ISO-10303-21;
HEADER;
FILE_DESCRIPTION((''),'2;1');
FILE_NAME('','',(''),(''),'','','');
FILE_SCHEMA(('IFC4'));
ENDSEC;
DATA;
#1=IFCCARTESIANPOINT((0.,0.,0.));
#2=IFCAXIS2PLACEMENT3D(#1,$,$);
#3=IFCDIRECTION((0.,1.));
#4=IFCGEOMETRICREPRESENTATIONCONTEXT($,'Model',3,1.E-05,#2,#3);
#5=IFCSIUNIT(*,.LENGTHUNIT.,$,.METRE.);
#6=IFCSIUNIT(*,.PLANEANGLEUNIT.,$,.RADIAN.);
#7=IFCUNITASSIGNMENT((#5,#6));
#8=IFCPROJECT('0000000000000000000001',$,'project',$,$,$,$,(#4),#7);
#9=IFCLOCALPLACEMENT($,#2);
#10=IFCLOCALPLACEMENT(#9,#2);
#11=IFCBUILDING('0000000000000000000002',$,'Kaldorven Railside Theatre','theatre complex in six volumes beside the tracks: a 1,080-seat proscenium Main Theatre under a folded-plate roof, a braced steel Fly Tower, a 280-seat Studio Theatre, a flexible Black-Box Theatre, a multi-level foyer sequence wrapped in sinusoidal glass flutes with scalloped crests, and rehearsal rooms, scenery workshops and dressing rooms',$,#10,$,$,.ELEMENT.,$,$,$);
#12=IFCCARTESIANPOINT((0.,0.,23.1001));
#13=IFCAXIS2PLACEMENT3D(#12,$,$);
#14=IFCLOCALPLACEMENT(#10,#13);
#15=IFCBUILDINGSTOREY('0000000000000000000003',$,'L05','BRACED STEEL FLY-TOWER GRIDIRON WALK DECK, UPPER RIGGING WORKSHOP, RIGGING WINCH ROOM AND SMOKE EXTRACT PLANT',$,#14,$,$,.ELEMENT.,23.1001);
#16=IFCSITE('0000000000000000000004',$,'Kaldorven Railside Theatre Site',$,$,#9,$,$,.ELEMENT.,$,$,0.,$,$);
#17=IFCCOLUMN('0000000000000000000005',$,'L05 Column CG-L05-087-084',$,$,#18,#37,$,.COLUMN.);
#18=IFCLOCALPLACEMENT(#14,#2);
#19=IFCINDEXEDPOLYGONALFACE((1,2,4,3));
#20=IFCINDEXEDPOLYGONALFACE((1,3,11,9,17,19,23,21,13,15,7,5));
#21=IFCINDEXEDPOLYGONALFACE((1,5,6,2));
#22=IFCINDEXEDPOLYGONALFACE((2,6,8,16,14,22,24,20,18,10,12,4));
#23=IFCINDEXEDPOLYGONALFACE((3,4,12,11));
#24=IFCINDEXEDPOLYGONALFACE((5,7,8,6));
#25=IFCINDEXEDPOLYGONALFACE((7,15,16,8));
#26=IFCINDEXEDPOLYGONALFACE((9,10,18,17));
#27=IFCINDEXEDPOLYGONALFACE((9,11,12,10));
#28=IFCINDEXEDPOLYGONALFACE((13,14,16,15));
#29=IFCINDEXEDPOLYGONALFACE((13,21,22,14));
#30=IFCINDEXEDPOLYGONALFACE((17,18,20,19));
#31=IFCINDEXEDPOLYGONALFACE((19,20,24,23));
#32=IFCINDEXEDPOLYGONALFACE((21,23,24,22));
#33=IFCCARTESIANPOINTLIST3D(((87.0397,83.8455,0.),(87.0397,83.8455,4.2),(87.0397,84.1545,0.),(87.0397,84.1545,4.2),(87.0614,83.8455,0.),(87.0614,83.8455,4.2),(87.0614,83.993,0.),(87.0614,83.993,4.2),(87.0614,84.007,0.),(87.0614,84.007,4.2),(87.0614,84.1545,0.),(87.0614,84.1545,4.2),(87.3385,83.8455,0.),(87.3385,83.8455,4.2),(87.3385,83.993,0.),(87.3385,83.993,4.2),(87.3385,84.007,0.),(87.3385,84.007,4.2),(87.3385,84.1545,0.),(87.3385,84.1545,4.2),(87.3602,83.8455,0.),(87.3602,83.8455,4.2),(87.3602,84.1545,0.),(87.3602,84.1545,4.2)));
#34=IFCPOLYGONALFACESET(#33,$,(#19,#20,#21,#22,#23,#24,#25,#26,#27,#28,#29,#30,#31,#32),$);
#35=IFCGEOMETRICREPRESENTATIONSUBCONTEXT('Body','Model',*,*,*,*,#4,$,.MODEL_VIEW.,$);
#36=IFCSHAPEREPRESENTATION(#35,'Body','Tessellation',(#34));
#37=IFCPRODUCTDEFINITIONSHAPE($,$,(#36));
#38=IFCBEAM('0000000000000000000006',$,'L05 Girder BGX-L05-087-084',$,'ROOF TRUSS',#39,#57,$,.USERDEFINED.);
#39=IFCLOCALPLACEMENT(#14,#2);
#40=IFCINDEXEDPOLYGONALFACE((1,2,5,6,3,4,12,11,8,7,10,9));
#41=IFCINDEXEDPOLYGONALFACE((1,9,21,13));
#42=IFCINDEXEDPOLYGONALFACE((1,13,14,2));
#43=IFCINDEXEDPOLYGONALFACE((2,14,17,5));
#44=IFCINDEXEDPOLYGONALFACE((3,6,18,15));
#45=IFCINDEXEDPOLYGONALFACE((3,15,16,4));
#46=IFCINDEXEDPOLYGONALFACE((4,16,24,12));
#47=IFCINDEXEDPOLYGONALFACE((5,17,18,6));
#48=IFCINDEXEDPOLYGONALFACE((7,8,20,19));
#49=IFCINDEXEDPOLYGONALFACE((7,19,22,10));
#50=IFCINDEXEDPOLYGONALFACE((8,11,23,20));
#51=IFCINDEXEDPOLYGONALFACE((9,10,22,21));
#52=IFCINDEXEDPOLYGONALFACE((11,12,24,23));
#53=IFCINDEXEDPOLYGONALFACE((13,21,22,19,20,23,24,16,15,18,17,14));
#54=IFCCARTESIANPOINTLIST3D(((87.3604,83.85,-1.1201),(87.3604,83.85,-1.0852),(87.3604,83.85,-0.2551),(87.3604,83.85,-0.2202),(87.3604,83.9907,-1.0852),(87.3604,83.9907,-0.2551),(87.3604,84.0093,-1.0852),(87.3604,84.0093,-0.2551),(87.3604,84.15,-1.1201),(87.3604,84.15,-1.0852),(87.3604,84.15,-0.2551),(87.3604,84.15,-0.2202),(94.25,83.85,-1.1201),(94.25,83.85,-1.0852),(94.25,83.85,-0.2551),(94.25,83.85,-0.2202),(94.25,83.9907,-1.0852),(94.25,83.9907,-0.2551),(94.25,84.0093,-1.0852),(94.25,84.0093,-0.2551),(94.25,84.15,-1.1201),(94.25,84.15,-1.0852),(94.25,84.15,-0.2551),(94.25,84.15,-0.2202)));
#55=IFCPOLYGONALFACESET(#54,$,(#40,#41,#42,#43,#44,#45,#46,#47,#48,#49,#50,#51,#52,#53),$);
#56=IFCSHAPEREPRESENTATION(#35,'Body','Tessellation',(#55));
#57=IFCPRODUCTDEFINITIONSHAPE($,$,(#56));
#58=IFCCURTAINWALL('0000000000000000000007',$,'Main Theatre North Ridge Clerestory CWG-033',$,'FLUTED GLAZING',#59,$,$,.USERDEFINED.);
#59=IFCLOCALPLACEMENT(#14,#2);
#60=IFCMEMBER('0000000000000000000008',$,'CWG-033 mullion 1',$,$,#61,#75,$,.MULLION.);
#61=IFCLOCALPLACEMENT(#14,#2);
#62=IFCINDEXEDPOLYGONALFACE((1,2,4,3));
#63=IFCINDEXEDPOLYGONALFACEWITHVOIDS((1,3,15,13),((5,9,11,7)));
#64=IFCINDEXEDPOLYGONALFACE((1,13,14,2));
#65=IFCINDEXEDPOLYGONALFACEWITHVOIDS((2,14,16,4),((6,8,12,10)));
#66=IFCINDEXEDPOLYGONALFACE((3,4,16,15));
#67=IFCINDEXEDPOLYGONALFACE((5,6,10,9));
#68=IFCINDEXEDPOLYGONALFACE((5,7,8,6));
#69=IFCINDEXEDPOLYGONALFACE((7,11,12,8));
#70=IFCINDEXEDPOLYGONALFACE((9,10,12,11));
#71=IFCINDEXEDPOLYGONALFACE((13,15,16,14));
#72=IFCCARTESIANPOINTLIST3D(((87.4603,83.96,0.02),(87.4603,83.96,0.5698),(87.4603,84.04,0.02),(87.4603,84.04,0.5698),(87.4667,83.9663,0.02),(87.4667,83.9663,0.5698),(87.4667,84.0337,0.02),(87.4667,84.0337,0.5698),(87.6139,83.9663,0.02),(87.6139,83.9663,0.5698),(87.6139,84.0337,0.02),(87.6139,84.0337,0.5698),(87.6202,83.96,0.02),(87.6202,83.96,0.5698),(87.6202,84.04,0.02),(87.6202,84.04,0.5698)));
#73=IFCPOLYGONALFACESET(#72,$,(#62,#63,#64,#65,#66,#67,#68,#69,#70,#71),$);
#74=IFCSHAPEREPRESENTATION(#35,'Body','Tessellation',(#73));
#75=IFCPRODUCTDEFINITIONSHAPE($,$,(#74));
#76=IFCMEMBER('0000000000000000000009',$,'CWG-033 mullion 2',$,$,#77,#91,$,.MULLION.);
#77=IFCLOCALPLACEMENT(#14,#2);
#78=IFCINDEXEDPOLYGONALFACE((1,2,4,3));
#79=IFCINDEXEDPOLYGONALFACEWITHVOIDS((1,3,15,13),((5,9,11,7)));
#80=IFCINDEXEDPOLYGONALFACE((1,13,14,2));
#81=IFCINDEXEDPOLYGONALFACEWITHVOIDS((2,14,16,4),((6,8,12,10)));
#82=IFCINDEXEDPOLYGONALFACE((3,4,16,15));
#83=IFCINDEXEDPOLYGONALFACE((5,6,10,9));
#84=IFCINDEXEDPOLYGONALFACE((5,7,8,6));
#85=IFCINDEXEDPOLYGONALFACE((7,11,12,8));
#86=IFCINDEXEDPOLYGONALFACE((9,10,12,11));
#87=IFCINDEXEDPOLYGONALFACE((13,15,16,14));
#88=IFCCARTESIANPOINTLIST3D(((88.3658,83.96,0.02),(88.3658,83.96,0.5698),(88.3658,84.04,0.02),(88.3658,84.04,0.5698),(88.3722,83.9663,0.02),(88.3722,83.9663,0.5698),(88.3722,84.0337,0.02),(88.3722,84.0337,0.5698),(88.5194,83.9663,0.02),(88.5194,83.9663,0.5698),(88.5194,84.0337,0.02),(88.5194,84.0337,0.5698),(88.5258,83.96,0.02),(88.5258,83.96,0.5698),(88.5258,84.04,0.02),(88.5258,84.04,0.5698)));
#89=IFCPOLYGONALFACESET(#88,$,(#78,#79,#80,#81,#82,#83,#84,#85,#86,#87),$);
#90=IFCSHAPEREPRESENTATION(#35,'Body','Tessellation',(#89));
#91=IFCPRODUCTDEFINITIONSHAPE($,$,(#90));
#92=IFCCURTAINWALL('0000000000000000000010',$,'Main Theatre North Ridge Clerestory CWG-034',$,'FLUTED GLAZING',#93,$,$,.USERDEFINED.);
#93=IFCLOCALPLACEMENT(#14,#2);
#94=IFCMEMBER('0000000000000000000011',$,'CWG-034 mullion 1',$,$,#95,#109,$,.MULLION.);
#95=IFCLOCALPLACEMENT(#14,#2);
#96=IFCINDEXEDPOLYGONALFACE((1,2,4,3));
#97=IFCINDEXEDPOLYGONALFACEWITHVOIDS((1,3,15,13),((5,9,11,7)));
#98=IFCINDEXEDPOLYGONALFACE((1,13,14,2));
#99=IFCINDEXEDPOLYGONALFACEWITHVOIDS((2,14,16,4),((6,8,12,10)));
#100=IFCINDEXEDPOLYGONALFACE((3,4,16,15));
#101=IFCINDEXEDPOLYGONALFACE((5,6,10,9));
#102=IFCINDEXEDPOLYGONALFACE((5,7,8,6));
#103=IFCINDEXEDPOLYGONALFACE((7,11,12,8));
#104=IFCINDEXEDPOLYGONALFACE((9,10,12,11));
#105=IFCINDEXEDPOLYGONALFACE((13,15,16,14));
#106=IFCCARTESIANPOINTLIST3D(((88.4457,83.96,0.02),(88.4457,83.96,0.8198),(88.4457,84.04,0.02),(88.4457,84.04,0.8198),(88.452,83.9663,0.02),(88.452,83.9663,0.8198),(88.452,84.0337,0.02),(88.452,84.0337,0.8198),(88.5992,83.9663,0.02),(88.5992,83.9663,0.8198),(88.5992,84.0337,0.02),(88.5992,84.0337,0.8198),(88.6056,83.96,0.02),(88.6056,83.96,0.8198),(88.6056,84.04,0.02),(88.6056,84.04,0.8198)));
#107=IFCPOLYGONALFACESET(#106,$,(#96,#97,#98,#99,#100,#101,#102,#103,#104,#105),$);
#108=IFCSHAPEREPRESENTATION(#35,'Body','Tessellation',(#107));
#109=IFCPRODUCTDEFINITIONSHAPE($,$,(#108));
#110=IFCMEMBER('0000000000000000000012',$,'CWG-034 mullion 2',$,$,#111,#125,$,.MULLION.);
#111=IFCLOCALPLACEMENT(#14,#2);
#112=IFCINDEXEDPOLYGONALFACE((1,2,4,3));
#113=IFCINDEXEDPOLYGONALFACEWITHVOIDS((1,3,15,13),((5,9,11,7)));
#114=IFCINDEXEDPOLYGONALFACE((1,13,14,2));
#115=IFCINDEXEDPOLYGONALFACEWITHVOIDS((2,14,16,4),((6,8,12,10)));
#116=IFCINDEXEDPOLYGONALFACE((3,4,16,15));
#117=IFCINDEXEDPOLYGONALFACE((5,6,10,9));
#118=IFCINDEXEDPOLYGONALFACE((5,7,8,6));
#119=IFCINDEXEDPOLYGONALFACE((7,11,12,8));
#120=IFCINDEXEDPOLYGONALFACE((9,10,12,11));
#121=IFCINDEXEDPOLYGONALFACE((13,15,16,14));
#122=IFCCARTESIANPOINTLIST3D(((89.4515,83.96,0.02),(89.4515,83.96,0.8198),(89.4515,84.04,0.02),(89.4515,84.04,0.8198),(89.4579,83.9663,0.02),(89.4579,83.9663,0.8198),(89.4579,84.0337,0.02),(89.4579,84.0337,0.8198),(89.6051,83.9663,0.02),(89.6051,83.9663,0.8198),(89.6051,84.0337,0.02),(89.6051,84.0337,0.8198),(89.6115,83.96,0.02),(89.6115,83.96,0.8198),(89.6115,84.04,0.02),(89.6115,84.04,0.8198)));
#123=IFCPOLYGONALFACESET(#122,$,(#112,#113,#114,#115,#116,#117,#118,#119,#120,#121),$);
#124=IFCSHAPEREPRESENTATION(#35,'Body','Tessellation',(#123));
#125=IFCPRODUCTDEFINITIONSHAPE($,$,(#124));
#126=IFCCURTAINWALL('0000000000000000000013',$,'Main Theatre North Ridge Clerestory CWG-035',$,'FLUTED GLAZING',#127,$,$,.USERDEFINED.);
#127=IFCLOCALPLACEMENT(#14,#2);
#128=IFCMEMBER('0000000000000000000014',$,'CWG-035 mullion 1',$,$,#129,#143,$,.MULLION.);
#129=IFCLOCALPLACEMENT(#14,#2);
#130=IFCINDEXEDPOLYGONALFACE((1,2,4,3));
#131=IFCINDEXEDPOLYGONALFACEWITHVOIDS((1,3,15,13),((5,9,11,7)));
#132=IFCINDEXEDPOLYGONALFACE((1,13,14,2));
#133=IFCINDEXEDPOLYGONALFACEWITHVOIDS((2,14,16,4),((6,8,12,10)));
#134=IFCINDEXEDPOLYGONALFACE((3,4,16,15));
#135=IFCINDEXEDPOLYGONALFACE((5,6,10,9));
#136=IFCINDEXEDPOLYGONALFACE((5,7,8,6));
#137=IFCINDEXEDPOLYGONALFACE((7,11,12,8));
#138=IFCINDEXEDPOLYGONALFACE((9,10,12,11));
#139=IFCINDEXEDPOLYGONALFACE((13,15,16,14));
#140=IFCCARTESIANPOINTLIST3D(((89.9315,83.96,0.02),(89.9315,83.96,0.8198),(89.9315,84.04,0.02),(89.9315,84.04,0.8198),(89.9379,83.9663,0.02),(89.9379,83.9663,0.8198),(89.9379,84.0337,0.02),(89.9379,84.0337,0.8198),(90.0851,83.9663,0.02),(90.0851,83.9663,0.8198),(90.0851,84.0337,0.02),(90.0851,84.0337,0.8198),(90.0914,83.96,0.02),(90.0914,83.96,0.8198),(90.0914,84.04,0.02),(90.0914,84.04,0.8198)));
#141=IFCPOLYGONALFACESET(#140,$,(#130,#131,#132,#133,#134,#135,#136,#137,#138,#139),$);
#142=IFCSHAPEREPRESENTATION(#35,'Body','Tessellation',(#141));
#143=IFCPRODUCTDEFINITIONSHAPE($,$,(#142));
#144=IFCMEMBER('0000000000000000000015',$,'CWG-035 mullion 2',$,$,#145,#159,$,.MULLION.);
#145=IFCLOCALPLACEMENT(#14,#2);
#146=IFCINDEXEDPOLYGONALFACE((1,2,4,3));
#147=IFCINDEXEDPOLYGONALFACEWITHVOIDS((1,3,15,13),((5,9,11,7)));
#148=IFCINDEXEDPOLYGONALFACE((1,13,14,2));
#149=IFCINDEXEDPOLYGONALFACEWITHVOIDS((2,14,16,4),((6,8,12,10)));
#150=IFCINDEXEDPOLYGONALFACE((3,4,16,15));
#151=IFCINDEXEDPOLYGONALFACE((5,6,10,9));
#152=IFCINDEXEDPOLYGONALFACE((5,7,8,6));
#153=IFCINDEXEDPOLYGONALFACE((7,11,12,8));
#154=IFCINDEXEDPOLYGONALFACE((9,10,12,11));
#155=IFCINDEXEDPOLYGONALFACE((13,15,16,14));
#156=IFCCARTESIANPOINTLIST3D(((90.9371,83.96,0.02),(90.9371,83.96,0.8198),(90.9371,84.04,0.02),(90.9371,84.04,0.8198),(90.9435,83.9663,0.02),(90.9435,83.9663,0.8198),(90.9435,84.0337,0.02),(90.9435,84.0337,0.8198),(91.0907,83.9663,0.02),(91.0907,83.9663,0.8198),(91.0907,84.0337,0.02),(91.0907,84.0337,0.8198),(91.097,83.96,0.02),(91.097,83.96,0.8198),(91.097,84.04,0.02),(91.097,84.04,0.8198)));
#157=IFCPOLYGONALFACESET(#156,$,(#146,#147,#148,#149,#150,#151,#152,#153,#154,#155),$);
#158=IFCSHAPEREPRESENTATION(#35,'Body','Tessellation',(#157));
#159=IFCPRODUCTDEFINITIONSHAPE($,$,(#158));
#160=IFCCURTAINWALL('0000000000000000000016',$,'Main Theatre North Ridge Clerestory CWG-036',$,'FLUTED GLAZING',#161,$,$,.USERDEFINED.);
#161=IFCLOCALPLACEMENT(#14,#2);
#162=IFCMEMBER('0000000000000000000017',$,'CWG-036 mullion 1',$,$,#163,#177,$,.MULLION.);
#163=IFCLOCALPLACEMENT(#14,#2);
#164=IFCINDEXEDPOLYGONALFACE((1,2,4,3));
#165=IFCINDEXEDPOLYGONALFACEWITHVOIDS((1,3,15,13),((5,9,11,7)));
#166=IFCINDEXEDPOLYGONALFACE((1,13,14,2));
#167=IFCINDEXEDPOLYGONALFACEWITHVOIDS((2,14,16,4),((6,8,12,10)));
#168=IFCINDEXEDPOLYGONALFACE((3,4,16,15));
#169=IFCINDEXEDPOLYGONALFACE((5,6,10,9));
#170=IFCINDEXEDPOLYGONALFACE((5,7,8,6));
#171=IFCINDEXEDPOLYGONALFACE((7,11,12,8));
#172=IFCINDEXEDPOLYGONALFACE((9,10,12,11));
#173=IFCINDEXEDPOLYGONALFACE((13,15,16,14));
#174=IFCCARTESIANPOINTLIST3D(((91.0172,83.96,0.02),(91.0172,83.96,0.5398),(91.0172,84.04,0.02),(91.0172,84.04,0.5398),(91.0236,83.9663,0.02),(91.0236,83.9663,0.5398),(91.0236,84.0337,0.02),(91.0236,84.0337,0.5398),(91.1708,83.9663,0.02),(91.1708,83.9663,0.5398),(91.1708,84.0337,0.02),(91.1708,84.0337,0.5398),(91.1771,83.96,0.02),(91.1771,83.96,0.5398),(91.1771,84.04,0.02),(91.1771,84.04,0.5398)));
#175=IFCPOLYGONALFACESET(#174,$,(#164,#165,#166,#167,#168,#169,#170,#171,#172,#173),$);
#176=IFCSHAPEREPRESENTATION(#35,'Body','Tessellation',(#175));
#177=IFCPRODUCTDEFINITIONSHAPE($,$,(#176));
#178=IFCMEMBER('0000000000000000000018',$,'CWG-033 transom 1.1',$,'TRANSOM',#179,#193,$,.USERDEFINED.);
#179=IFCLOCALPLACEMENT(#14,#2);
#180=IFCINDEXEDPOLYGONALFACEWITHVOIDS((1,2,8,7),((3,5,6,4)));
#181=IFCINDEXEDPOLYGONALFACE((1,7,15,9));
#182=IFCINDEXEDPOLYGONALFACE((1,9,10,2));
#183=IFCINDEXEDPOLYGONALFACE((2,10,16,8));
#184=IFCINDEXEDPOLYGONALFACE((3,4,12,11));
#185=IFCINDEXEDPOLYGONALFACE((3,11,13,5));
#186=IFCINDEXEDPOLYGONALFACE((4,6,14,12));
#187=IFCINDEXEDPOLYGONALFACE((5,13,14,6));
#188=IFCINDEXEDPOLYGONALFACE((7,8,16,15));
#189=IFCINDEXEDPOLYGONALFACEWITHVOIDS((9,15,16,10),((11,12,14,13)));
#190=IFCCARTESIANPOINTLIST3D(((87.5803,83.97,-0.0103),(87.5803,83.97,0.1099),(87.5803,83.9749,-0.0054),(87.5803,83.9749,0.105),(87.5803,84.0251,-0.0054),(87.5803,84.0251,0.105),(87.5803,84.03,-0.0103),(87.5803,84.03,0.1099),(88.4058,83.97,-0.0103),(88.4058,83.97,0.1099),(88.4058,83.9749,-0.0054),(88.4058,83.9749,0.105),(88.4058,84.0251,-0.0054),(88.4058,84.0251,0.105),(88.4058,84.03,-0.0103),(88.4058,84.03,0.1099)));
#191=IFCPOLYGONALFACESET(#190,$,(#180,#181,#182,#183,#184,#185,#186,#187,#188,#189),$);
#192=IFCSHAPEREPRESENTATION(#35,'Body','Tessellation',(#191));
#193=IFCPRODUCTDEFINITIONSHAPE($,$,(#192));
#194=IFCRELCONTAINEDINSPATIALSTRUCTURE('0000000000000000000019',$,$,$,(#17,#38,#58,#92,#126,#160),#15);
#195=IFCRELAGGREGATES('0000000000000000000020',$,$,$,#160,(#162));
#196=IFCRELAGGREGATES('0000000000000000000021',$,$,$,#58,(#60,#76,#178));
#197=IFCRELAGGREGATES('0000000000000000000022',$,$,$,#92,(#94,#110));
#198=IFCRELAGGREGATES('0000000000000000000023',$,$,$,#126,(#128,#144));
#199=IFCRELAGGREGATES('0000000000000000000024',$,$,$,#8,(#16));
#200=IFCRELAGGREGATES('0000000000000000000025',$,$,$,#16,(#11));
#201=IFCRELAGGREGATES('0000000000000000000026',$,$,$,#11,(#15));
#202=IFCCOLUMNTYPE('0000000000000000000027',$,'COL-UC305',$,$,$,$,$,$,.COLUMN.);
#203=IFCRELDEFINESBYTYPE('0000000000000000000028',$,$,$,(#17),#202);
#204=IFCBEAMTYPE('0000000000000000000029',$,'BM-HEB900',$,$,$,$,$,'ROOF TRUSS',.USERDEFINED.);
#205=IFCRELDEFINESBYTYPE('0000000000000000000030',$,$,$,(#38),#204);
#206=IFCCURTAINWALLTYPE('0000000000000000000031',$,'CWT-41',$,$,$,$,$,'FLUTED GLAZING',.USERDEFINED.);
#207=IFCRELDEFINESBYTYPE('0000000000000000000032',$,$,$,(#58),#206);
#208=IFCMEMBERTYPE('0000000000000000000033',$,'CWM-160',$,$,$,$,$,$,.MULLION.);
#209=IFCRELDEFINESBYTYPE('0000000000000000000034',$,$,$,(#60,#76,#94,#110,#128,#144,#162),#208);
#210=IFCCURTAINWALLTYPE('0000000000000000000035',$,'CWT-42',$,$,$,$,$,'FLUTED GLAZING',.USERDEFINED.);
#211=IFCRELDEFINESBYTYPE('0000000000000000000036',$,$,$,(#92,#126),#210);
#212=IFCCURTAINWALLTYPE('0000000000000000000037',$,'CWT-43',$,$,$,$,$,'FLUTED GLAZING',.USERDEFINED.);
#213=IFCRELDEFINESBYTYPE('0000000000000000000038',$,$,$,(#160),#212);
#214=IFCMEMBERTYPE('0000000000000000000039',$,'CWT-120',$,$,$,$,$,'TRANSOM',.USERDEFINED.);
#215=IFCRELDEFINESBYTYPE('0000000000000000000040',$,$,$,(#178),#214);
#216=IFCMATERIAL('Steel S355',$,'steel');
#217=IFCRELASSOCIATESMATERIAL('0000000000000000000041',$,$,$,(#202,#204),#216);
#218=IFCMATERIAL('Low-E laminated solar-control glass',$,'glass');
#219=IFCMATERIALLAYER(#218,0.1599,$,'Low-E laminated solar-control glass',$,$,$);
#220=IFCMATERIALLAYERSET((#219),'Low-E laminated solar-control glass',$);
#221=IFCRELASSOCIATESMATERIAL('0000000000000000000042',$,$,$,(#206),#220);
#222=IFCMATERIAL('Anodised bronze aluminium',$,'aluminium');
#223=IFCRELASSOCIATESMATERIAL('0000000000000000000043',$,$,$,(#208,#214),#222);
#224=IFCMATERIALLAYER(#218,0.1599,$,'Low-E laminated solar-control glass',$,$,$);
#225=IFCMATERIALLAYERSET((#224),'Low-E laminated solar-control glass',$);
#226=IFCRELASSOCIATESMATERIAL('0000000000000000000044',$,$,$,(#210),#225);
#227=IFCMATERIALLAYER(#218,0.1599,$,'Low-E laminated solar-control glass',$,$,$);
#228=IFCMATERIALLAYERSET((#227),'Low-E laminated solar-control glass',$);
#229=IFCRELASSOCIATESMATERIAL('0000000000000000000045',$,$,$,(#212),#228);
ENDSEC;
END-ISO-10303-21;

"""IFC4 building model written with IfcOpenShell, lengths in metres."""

from ifc_helpers import new_model, si_unit, direction, frame, origin, origin_2d, place, context, subcontext, project, spatial, hollow_rectangle, i_section, extrude, material, layer, layer_set, material_profile, profile_set, type_object, element, aggregate, save


model = new_model("IFC4")

# Units and contexts
model_context = context("Model", 3, precision=1e-05, world=origin(), true_north=direction((0.0, 1.0)))
body_context = subcontext(model_context, "Body", "Model", "MODEL_VIEW")
ifc_project = project(units=[si_unit("LENGTHUNIT", "METRE"), si_unit("PLANEANGLEUNIT", "RADIAN")], contexts=[model_context])

# Site, building, storey
site_placement = place(None, origin())
site = spatial("IfcSite", under=ifc_project, at=site_placement, Name="Kaldorven Railside Theatre Site", CompositionType="ELEMENT", RefElevation=0.0)
building_placement = place(site_placement, origin())
building = spatial("IfcBuilding", under=site, at=building_placement, Name="Kaldorven Railside Theatre", Description="theatre complex in six volumes beside the tracks: a 1,080-seat proscenium Main Theatre under a folded-plate roof, a braced steel Fly Tower, a 280-seat Studio Theatre, a flexible Black-Box Theatre, a multi-level foyer sequence wrapped in sinusoidal glass flutes with scalloped crests, and rehearsal rooms, scenery workshops and dressing rooms", CompositionType="ELEMENT")
storey_placement = place(building_placement, frame((0.0, 0.0, 23.1001)))
storey = spatial("IfcBuildingStorey", under=building, at=storey_placement, Name="L05", Description="BRACED STEEL FLY-TOWER GRIDIRON WALK DECK, UPPER RIGGING WORKSHOP, RIGGING WINCH ROOM AND SMOKE EXTRACT PLANT", CompositionType="ELEMENT", Elevation=23.1001)

# Column
ifc_material_1 = material(Name="Steel S355", Category="steel")
ifc_material_profile_1 = material_profile(ifc_material_1, i_section(OverallWidth=0.3091, OverallDepth=0.3206, WebThickness=0.0139, FlangeThickness=0.0217, at=origin_2d()), Name="UC 305x305x137")
ifc_profile_set_1 = profile_set([ifc_material_profile_1], Name="Steel S355")
column_type = type_object("IfcColumnType", Name="COL-UC305", PredefinedType="COLUMN", material=ifc_profile_set_1)
column_placement = place(storey_placement, frame((87.2, 84.0, 0.0), z_axis=(0.0, 0.0, 1.0), x_axis=(0.0, 1.0, 0.0)))
element("IfcColumn", 1, at=column_placement, inside=storey, type_object=column_type, Name="L05 Column CG-L05-087-084", PredefinedType="COLUMN", context=body_context, shape_type="SweptSolid", body=[
    extrude(i_section(OverallWidth=0.3091, OverallDepth=0.3206, WebThickness=0.0139, FlangeThickness=0.0217, at=origin_2d()), origin(), (0.0, 0.0, 1.0), 4.2),
])

# Beam
ifc_material_profile_2 = material_profile(ifc_material_1, i_section(OverallWidth=0.3, OverallDepth=0.8999, WebThickness=0.0186, FlangeThickness=0.0349, at=origin_2d()), Name="HEB 900")
ifc_profile_set_2 = profile_set([ifc_material_profile_2], Name="Steel S355")
beam_type = type_object("IfcBeamType", Name="BM-HEB900", ElementType="ROOF TRUSS", PredefinedType="USERDEFINED", material=ifc_profile_set_2)
beam_placement = place(storey_placement, frame((87.3604, 84.0, -0.6702), z_axis=(1.0, 0.0, 0.0), x_axis=(0.0, 1.0, 0.0)))
element("IfcBeam", 2, at=beam_placement, inside=storey, type_object=beam_type, Name="L05 Girder BGX-L05-087-084", ObjectType="ROOF TRUSS", PredefinedType="USERDEFINED", context=body_context, shape_type="SweptSolid", body=[
    extrude(i_section(OverallWidth=0.3, OverallDepth=0.8999, WebThickness=0.0186, FlangeThickness=0.0349, at=origin_2d()), origin(), (0.0, 0.0, 1.0), 6.8896),
])

# Curtain walls, members
ifc_material_2 = material(Name="Low-E laminated solar-control glass", Category="glass")
ifc_layer_1 = layer(ifc_material_2, 0.1599, Name="Low-E laminated solar-control glass")
ifc_layer_set_1 = layer_set([ifc_layer_1], Name="Low-E laminated solar-control glass")
curtain_wall_type_1 = type_object("IfcCurtainWallType", Name="CWT-41", ElementType="FLUTED GLAZING", PredefinedType="USERDEFINED", material=ifc_layer_set_1)
curtain_wall_1_placement = place(storey_placement, origin())
curtain_wall_1 = element("IfcCurtainWall", 3, at=curtain_wall_1_placement, inside=storey, type_object=curtain_wall_type_1, Name="Main Theatre North Ridge Clerestory CWG-033", ObjectType="FLUTED GLAZING", PredefinedType="USERDEFINED")
ifc_material_3 = material(Name="Anodised bronze aluminium", Category="aluminium")
ifc_material_profile_3 = material_profile(ifc_material_3, hollow_rectangle(XDim=0.0801, YDim=0.1599, WallThickness=0.0063, at=origin_2d()), Name="RHS 160x80x6.3")
ifc_profile_set_3 = profile_set([ifc_material_profile_3], Name="Anodised bronze aluminium")
member_type_1 = type_object("IfcMemberType", Name="CWM-160", PredefinedType="MULLION", material=ifc_profile_set_3)
member_1_placement = place(storey_placement, frame((87.5403, 84.0, 0.02), z_axis=(0.0, 0.0, 1.0), x_axis=(0.0, 1.0, 0.0)))
member_1 = element("IfcMember", 4, at=member_1_placement, type_object=member_type_1, Name="CWG-033 mullion 1", PredefinedType="MULLION", context=body_context, shape_type="SweptSolid", body=[
    extrude(hollow_rectangle(XDim=0.0801, YDim=0.1599, WallThickness=0.0063, at=origin_2d()), origin(), (0.0, 0.0, 1.0), 0.5498),
])
member_2_placement = place(storey_placement, frame((88.4458, 84.0, 0.02), z_axis=(0.0, 0.0, 1.0), x_axis=(0.0, 1.0, 0.0)))
member_2 = element("IfcMember", 5, at=member_2_placement, type_object=member_type_1, Name="CWG-033 mullion 2", PredefinedType="MULLION", context=body_context, shape_type="SweptSolid", body=[
    extrude(hollow_rectangle(XDim=0.0801, YDim=0.1599, WallThickness=0.0063, at=origin_2d()), origin(), (0.0, 0.0, 1.0), 0.5498),
])
ifc_layer_2 = layer(ifc_material_2, 0.1599, Name="Low-E laminated solar-control glass")
ifc_layer_set_2 = layer_set([ifc_layer_2], Name="Low-E laminated solar-control glass")
curtain_wall_type_2 = type_object("IfcCurtainWallType", Name="CWT-42", ElementType="FLUTED GLAZING", PredefinedType="USERDEFINED", material=ifc_layer_set_2)
curtain_wall_2_placement = place(storey_placement, origin())
curtain_wall_2 = element("IfcCurtainWall", 6, at=curtain_wall_2_placement, inside=storey, type_object=curtain_wall_type_2, Name="Main Theatre North Ridge Clerestory CWG-034", ObjectType="FLUTED GLAZING", PredefinedType="USERDEFINED")
member_3_placement = place(storey_placement, frame((88.5256, 84.0, 0.02), z_axis=(0.0, 0.0, 1.0), x_axis=(0.0, 1.0, 0.0)))
member_3 = element("IfcMember", 7, at=member_3_placement, type_object=member_type_1, Name="CWG-034 mullion 1", PredefinedType="MULLION", context=body_context, shape_type="SweptSolid", body=[
    extrude(hollow_rectangle(XDim=0.0801, YDim=0.1599, WallThickness=0.0063, at=origin_2d()), origin(), (0.0, 0.0, 1.0), 0.7998),
])
member_4_placement = place(storey_placement, frame((89.5315, 84.0, 0.02), z_axis=(0.0, 0.0, 1.0), x_axis=(0.0, 1.0, 0.0)))
member_4 = element("IfcMember", 8, at=member_4_placement, type_object=member_type_1, Name="CWG-034 mullion 2", PredefinedType="MULLION", context=body_context, shape_type="SweptSolid", body=[
    extrude(hollow_rectangle(XDim=0.0801, YDim=0.1599, WallThickness=0.0063, at=origin_2d()), origin(), (0.0, 0.0, 1.0), 0.7998),
])
curtain_wall_3_placement = place(storey_placement, origin())
curtain_wall_3 = element("IfcCurtainWall", 9, at=curtain_wall_3_placement, inside=storey, type_object=curtain_wall_type_2, Name="Main Theatre North Ridge Clerestory CWG-035", ObjectType="FLUTED GLAZING", PredefinedType="USERDEFINED")
member_5_placement = place(storey_placement, frame((90.0115, 84.0, 0.02), z_axis=(0.0, 0.0, 1.0), x_axis=(0.0, 1.0, 0.0)))
member_5 = element("IfcMember", 10, at=member_5_placement, type_object=member_type_1, Name="CWG-035 mullion 1", PredefinedType="MULLION", context=body_context, shape_type="SweptSolid", body=[
    extrude(hollow_rectangle(XDim=0.0801, YDim=0.1599, WallThickness=0.0063, at=origin_2d()), origin(), (0.0, 0.0, 1.0), 0.7998),
])
member_6_placement = place(storey_placement, frame((91.0171, 84.0, 0.02), z_axis=(0.0, 0.0, 1.0), x_axis=(0.0, 1.0, 0.0)))
member_6 = element("IfcMember", 11, at=member_6_placement, type_object=member_type_1, Name="CWG-035 mullion 2", PredefinedType="MULLION", context=body_context, shape_type="SweptSolid", body=[
    extrude(hollow_rectangle(XDim=0.0801, YDim=0.1599, WallThickness=0.0063, at=origin_2d()), origin(), (0.0, 0.0, 1.0), 0.7998),
])

# Curtain wall, member
ifc_layer_3 = layer(ifc_material_2, 0.1599, Name="Low-E laminated solar-control glass")
ifc_layer_set_3 = layer_set([ifc_layer_3], Name="Low-E laminated solar-control glass")
curtain_wall_type_3 = type_object("IfcCurtainWallType", Name="CWT-43", ElementType="FLUTED GLAZING", PredefinedType="USERDEFINED", material=ifc_layer_set_3)
curtain_wall_4_placement = place(storey_placement, origin())
curtain_wall_4 = element("IfcCurtainWall", 12, at=curtain_wall_4_placement, inside=storey, type_object=curtain_wall_type_3, Name="Main Theatre North Ridge Clerestory CWG-036", ObjectType="FLUTED GLAZING", PredefinedType="USERDEFINED")
member_7_placement = place(storey_placement, frame((91.0972, 84.0, 0.02), z_axis=(0.0, 0.0, 1.0), x_axis=(0.0, 1.0, 0.0)))
member_7 = element("IfcMember", 13, at=member_7_placement, type_object=member_type_1, Name="CWG-036 mullion 1", PredefinedType="MULLION", context=body_context, shape_type="SweptSolid", body=[
    extrude(hollow_rectangle(XDim=0.0801, YDim=0.1599, WallThickness=0.0063, at=origin_2d()), origin(), (0.0, 0.0, 1.0), 0.5198),
])

# Member
ifc_material_profile_4 = material_profile(ifc_material_3, hollow_rectangle(XDim=0.0601, YDim=0.1201, WallThickness=0.0049, at=origin_2d()), Name="RHS 120x60x5")
ifc_profile_set_4 = profile_set([ifc_material_profile_4], Name="Anodised bronze aluminium")
member_type_2 = type_object("IfcMemberType", Name="CWT-120", ElementType="TRANSOM", PredefinedType="USERDEFINED", material=ifc_profile_set_4)
member_8_placement = place(storey_placement, frame((87.5803, 84.0, 0.0498), z_axis=(1.0, 0.0, 0.0), x_axis=(0.0, 1.0, 0.0)))
member_8 = element("IfcMember", 14, at=member_8_placement, type_object=member_type_2, Name="CWG-033 transom 1.1", ObjectType="TRANSOM", PredefinedType="USERDEFINED", context=body_context, shape_type="SweptSolid", body=[
    extrude(hollow_rectangle(XDim=0.0601, YDim=0.1201, WallThickness=0.0049, at=origin_2d()), origin(), (0.0, 0.0, 1.0), 0.8254),
])
aggregate(curtain_wall_4, [member_7])

aggregate(curtain_wall_1, [member_1, member_2, member_8])
aggregate(curtain_wall_2, [member_3, member_4])
aggregate(curtain_wall_3, [member_5, member_6])

save(model, "model.ifc")
